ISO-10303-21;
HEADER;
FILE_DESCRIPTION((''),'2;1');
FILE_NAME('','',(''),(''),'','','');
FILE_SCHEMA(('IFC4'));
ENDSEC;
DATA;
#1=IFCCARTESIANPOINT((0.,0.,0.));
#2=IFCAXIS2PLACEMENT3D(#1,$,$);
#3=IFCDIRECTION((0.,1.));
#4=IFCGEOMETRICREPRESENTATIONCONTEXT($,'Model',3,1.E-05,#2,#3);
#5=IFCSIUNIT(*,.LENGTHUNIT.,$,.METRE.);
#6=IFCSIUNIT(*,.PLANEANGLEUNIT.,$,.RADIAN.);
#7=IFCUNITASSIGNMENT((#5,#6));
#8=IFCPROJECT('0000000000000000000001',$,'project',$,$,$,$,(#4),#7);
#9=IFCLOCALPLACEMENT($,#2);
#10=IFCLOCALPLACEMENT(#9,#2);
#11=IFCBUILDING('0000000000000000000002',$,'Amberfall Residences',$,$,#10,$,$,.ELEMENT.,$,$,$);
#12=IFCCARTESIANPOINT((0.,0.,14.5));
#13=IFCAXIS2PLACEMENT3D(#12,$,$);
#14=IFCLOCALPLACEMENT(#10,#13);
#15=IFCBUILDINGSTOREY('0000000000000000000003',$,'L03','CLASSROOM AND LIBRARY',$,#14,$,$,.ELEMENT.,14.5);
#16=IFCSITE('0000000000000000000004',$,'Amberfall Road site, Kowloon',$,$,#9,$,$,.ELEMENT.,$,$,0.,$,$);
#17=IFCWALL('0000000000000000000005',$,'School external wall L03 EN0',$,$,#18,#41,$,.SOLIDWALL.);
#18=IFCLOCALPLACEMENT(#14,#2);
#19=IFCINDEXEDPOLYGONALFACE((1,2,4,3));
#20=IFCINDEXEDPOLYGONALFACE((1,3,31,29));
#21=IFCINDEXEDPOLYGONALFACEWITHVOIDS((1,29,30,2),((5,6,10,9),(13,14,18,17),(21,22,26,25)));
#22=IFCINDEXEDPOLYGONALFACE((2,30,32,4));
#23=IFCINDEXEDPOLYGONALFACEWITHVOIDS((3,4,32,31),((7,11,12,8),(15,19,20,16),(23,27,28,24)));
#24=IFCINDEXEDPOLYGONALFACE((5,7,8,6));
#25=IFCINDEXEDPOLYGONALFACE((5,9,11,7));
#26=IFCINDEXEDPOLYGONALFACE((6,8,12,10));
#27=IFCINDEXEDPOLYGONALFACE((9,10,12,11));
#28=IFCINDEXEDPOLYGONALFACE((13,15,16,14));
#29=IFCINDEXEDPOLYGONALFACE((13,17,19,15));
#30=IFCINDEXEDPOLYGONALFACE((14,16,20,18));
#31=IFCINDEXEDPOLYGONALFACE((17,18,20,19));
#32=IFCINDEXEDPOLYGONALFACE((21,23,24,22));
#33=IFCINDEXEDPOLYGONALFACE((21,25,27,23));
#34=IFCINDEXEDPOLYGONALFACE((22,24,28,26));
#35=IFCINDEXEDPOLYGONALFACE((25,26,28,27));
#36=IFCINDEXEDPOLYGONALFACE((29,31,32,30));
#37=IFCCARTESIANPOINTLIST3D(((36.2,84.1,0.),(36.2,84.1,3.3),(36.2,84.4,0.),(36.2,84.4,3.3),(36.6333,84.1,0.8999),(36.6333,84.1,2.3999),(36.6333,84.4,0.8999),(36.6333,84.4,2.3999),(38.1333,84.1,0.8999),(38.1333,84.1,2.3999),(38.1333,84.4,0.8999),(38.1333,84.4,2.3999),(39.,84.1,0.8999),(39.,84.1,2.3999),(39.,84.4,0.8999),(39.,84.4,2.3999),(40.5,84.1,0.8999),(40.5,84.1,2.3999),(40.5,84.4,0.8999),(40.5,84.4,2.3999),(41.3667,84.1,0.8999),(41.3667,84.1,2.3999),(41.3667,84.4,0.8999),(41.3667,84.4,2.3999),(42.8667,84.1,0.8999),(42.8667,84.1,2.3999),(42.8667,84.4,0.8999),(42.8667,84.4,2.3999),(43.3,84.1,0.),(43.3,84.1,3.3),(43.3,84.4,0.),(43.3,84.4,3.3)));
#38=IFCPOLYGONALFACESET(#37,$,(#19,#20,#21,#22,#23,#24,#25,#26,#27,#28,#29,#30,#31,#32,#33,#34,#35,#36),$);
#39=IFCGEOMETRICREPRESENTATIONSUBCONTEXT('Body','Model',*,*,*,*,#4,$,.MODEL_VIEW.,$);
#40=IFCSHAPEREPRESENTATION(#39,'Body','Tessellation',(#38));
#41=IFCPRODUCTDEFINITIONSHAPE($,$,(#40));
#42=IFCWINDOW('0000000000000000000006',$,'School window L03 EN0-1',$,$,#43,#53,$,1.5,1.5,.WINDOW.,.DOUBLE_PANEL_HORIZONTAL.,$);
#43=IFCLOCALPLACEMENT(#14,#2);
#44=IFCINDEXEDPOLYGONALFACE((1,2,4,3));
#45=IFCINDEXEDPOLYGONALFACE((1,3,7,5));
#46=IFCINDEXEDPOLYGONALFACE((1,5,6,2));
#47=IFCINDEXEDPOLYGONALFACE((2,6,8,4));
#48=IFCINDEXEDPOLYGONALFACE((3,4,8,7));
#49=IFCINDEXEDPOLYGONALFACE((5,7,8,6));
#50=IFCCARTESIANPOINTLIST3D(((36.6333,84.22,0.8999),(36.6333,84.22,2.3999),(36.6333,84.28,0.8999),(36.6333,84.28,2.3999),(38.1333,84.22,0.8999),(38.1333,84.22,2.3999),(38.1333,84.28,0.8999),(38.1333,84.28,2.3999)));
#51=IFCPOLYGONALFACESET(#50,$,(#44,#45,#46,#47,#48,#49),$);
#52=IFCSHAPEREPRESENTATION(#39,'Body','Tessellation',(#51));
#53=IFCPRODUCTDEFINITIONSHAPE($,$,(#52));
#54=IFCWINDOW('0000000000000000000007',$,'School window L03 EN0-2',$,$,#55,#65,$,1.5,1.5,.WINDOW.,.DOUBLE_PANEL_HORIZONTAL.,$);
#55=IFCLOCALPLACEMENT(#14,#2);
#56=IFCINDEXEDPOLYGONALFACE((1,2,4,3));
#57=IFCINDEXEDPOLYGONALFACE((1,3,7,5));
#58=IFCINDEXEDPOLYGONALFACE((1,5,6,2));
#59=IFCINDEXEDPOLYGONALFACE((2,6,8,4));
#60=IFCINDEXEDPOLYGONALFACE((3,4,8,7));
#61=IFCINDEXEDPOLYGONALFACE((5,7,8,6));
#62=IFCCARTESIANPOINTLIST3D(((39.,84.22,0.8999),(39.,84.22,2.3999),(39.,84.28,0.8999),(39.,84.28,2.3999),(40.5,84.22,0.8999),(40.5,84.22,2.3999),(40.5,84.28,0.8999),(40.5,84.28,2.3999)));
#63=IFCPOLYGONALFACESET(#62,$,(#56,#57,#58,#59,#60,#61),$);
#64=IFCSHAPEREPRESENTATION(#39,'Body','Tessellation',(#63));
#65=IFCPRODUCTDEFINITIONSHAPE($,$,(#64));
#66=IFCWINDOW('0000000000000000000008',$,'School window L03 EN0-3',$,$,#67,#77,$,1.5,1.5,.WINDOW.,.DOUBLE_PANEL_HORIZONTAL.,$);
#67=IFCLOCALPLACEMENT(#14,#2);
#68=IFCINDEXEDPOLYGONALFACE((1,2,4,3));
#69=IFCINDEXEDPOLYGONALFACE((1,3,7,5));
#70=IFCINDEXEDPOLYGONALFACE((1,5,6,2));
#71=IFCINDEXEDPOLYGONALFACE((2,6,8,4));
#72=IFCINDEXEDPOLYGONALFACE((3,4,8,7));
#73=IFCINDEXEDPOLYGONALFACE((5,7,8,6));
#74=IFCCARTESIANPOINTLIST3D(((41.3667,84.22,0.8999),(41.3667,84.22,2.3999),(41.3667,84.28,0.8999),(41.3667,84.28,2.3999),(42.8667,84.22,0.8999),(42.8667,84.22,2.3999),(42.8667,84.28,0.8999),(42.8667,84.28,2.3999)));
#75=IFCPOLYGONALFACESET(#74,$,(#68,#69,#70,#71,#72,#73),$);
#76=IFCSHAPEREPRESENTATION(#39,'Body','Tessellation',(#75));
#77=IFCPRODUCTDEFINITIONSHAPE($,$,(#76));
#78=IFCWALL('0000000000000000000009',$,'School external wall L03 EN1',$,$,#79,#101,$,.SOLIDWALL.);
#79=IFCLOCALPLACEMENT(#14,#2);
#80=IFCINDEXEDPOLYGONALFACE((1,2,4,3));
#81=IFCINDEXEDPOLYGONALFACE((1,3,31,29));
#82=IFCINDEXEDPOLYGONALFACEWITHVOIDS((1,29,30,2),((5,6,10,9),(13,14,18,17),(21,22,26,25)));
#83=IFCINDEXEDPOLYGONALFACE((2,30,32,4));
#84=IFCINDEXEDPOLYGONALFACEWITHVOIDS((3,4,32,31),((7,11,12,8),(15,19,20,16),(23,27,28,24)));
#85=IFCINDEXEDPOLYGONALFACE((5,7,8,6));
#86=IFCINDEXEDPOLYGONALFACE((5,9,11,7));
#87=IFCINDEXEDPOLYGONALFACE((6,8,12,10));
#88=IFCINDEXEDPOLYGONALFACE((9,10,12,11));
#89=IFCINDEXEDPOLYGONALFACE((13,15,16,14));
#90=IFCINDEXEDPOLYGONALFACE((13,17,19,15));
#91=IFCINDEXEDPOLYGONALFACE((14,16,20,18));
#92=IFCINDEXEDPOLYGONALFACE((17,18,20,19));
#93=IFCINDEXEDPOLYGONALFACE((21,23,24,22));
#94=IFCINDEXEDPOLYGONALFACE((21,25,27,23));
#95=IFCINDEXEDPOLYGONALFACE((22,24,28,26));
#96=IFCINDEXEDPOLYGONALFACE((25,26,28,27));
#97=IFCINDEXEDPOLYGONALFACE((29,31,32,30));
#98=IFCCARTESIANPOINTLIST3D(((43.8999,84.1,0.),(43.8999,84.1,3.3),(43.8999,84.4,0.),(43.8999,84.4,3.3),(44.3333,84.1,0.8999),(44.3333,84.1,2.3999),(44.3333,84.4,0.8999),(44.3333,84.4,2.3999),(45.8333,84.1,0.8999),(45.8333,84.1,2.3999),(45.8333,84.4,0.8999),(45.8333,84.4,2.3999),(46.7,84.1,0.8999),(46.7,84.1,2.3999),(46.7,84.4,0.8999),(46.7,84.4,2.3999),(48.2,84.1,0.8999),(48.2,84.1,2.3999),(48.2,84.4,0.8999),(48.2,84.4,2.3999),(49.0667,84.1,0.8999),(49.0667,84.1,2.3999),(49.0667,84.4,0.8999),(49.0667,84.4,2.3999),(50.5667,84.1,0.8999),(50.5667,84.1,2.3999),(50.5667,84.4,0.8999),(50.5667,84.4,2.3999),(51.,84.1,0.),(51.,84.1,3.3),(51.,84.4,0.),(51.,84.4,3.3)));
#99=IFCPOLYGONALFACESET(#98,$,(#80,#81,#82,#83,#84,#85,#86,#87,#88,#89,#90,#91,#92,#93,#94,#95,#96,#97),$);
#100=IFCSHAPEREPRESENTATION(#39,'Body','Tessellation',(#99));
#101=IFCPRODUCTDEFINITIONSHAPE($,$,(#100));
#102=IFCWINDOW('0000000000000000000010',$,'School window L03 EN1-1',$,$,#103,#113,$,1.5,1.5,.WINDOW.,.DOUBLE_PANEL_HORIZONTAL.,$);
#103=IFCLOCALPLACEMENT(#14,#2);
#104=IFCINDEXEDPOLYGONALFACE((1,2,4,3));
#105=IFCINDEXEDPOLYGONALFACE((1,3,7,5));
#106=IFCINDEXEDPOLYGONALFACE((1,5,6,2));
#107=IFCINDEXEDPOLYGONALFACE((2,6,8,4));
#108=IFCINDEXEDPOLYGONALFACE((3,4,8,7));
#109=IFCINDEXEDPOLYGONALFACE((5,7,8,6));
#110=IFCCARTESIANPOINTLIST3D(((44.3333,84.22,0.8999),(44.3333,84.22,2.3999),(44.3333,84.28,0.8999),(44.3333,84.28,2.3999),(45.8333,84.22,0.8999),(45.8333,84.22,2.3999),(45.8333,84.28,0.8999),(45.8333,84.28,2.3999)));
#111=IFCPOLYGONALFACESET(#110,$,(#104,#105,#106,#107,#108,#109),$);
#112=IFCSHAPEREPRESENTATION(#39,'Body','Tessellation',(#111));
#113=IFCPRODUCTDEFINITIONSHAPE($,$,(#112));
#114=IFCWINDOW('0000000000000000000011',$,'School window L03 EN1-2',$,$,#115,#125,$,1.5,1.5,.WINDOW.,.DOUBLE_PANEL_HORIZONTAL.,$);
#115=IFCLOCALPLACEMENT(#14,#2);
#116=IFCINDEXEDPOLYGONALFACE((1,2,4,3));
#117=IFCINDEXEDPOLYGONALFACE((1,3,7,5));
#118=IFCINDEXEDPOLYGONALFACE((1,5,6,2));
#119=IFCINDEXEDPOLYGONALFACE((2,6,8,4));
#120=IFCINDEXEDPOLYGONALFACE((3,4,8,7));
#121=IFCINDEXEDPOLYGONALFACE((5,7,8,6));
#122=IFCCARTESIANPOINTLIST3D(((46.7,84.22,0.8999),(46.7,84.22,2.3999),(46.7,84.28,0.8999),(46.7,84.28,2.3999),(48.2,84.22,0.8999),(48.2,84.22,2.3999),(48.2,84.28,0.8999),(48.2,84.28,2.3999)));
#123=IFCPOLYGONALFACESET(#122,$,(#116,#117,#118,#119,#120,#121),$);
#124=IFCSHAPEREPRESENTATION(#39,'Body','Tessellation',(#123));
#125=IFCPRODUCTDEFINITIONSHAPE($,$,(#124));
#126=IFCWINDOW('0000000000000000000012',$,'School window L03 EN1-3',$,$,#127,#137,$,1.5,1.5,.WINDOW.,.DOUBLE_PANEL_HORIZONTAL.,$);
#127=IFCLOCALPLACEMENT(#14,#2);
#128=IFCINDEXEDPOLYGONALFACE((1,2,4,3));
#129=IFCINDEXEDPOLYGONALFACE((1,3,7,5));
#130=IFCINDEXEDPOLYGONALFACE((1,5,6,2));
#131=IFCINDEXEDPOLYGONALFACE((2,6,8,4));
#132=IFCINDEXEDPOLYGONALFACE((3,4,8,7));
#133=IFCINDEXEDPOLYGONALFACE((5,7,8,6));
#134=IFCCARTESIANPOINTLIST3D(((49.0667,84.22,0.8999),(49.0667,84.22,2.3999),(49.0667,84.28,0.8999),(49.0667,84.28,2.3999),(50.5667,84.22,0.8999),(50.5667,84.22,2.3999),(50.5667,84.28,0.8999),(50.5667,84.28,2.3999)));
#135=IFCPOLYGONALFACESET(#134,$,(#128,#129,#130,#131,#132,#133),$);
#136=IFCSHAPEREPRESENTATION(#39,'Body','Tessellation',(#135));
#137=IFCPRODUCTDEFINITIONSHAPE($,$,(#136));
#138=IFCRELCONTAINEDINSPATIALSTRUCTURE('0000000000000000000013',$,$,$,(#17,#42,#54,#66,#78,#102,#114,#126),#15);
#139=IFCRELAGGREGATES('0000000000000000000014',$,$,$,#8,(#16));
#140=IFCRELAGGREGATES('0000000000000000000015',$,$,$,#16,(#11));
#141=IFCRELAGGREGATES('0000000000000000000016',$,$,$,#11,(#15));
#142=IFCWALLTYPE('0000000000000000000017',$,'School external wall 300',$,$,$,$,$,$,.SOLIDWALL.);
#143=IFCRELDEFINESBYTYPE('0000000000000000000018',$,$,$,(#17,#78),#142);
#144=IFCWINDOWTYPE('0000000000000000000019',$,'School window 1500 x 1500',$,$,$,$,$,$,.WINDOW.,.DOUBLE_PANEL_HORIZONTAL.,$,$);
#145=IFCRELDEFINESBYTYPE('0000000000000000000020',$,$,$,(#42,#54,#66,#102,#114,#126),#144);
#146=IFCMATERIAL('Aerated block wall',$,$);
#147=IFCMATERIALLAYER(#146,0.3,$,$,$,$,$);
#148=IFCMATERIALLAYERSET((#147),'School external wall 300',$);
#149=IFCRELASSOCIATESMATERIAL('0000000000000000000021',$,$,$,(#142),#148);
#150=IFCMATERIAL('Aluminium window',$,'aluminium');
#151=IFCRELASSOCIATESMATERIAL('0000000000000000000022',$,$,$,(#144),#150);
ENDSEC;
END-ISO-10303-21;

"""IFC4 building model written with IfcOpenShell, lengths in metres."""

from ifc_helpers import new_model, si_unit, direction, frame, frame_2d, origin, place, context, subcontext, project, spatial, rectangle, extrude, material, layer, layer_set, type_object, element, fill, save


model = new_model("IFC4")

# Units and contexts
model_context = context("Model", 3, precision=1e-05, world=origin(), true_north=direction((0.0, 1.0)))
body_context = subcontext(model_context, "Body", "Model", "MODEL_VIEW")
ifc_project = project(units=[si_unit("LENGTHUNIT", "METRE"), si_unit("PLANEANGLEUNIT", "RADIAN")], contexts=[model_context])

# Site, building, storey
site_placement = place(None, origin())
site = spatial("IfcSite", under=ifc_project, at=site_placement, Name="Amberfall Road site, Kowloon", CompositionType="ELEMENT", RefElevation=0.0)
building_placement = place(site_placement, origin())
building = spatial("IfcBuilding", under=site, at=building_placement, Name="Amberfall Residences", CompositionType="ELEMENT")
storey_placement = place(building_placement, frame((0.0, 0.0, 14.5)))
storey = spatial("IfcBuildingStorey", under=building, at=storey_placement, Name="L03", Description="CLASSROOM AND LIBRARY", CompositionType="ELEMENT", Elevation=14.5)

# Walls, openings, windows
ifc_material_1 = material(Name="Aerated block wall")
ifc_layer_1 = layer(ifc_material_1, 0.3)
ifc_layer_set_1 = layer_set([ifc_layer_1], Name="School external wall 300")
wall_type_1 = type_object("IfcWallType", Name="School external wall 300", PredefinedType="SOLIDWALL", material=ifc_layer_set_1)
ifc_material_2 = material(Name="Aluminium window", Category="aluminium")
window_type = type_object("IfcWindowType", Name="School window 1500 x 1500", PartitioningType="DOUBLE_PANEL_HORIZONTAL", PredefinedType="WINDOW", material=ifc_material_2)
wall_1_placement = place(storey_placement, frame((36.2, 84.25, 0.0), z_axis=(0.0, 0.0, 1.0), x_axis=(1.0, 0.0, 0.0)))
wall_1 = element("IfcWall", 1, at=wall_1_placement, inside=storey, type_object=wall_type_1, Name="School external wall L03 EN0", PredefinedType="SOLIDWALL", context=body_context, shape_type="SweptSolid", body=[
    extrude(rectangle(XDim=7.1001, YDim=0.3, at=frame_2d((3.55, 0.0))), origin(), (0.0, 0.0, 1.0), 3.3),
])
opening_1_placement = place(wall_1_placement, frame((0.4333, 0.0, 0.8999)))
opening_1 = element("IfcOpeningElement", 2, at=opening_1_placement, cuts=wall_1, PredefinedType="OPENING", context=body_context, shape_type="SweptSolid", body=[
    extrude(rectangle(XDim=1.5, YDim=1.5, at=frame_2d((0.75, 0.75))), frame((0.0, 0.1599, 0.0), z_axis=(0.0, -1.0, 0.0), x_axis=(1.0, 0.0, 0.0)), (0.0, 0.0, 1.0), 0.3201),
])
opening_2_placement = place(wall_1_placement, frame((2.8, 0.0, 0.8999)))
opening_2 = element("IfcOpeningElement", 3, at=opening_2_placement, cuts=wall_1, PredefinedType="OPENING", context=body_context, shape_type="SweptSolid", body=[
    extrude(rectangle(XDim=1.5, YDim=1.5, at=frame_2d((0.75, 0.75))), frame((0.0, 0.1599, 0.0), z_axis=(0.0, -1.0, 0.0), x_axis=(1.0, 0.0, 0.0)), (0.0, 0.0, 1.0), 0.3201),
])
opening_3_placement = place(wall_1_placement, frame((5.1667, 0.0, 0.8999)))
opening_3 = element("IfcOpeningElement", 4, at=opening_3_placement, cuts=wall_1, PredefinedType="OPENING", context=body_context, shape_type="SweptSolid", body=[
    extrude(rectangle(XDim=1.5, YDim=1.5, at=frame_2d((0.75, 0.75))), frame((0.0, 0.1599, 0.0), z_axis=(0.0, -1.0, 0.0), x_axis=(1.0, 0.0, 0.0)), (0.0, 0.0, 1.0), 0.3201),
])
window_1_placement = place(opening_1_placement, origin())
window_1 = element("IfcWindow", 5, at=window_1_placement, inside=storey, type_object=window_type, Name="School window L03 EN0-1", OverallHeight=1.5, OverallWidth=1.5, PartitioningType="DOUBLE_PANEL_HORIZONTAL", PredefinedType="WINDOW", context=body_context, shape_type="SweptSolid", body=[
    extrude(rectangle(XDim=1.5, YDim=1.5, at=frame_2d((0.75, 0.75))), frame((0.0, 0.03, 0.0), z_axis=(0.0, -1.0, 0.0), x_axis=(1.0, 0.0, 0.0)), (0.0, 0.0, 1.0), 0.0601),
])
fill(opening_1, window_1)
window_2_placement = place(opening_2_placement, origin())
window_2 = element("IfcWindow", 6, at=window_2_placement, inside=storey, type_object=window_type, Name="School window L03 EN0-2", OverallHeight=1.5, OverallWidth=1.5, PartitioningType="DOUBLE_PANEL_HORIZONTAL", PredefinedType="WINDOW", context=body_context, shape_type="SweptSolid", body=[
    extrude(rectangle(XDim=1.5, YDim=1.5, at=frame_2d((0.75, 0.75))), frame((0.0, 0.03, 0.0), z_axis=(0.0, -1.0, 0.0), x_axis=(1.0, 0.0, 0.0)), (0.0, 0.0, 1.0), 0.0601),
])
fill(opening_2, window_2)
window_3_placement = place(opening_3_placement, origin())
window_3 = element("IfcWindow", 7, at=window_3_placement, inside=storey, type_object=window_type, Name="School window L03 EN0-3", OverallHeight=1.5, OverallWidth=1.5, PartitioningType="DOUBLE_PANEL_HORIZONTAL", PredefinedType="WINDOW", context=body_context, shape_type="SweptSolid", body=[
    extrude(rectangle(XDim=1.5, YDim=1.5, at=frame_2d((0.75, 0.75))), frame((0.0, 0.03, 0.0), z_axis=(0.0, -1.0, 0.0), x_axis=(1.0, 0.0, 0.0)), (0.0, 0.0, 1.0), 0.0601),
])
fill(opening_3, window_3)
wall_2_placement = place(storey_placement, frame((43.8999, 84.25, 0.0), z_axis=(0.0, 0.0, 1.0), x_axis=(1.0, 0.0, 0.0)))
wall_2 = element("IfcWall", 8, at=wall_2_placement, inside=storey, type_object=wall_type_1, Name="School external wall L03 EN1", PredefinedType="SOLIDWALL", context=body_context, shape_type="SweptSolid", body=[
    extrude(rectangle(XDim=7.1001, YDim=0.3, at=frame_2d((3.55, 0.0))), origin(), (0.0, 0.0, 1.0), 3.3),
])
opening_4_placement = place(wall_2_placement, frame((0.4333, 0.0, 0.8999)))
opening_4 = element("IfcOpeningElement", 9, at=opening_4_placement, cuts=wall_2, PredefinedType="OPENING", context=body_context, shape_type="SweptSolid", body=[
    extrude(rectangle(XDim=1.5, YDim=1.5, at=frame_2d((0.75, 0.75))), frame((0.0, 0.1599, 0.0), z_axis=(0.0, -1.0, 0.0), x_axis=(1.0, 0.0, 0.0)), (0.0, 0.0, 1.0), 0.3201),
])
opening_5_placement = place(wall_2_placement, frame((2.8, 0.0, 0.8999)))
opening_5 = element("IfcOpeningElement", 10, at=opening_5_placement, cuts=wall_2, PredefinedType="OPENING", context=body_context, shape_type="SweptSolid", body=[
    extrude(rectangle(XDim=1.5, YDim=1.5, at=frame_2d((0.75, 0.75))), frame((0.0, 0.1599, 0.0), z_axis=(0.0, -1.0, 0.0), x_axis=(1.0, 0.0, 0.0)), (0.0, 0.0, 1.0), 0.3201),
])
opening_6_placement = place(wall_2_placement, frame((5.1667, 0.0, 0.8999)))
opening_6 = element("IfcOpeningElement", 11, at=opening_6_placement, cuts=wall_2, PredefinedType="OPENING", context=body_context, shape_type="SweptSolid", body=[
    extrude(rectangle(XDim=1.5, YDim=1.5, at=frame_2d((0.75, 0.75))), frame((0.0, 0.1599, 0.0), z_axis=(0.0, -1.0, 0.0), x_axis=(1.0, 0.0, 0.0)), (0.0, 0.0, 1.0), 0.3201),
])
window_4_placement = place(opening_4_placement, origin())
window_4 = element("IfcWindow", 12, at=window_4_placement, inside=storey, type_object=window_type, Name="School window L03 EN1-1", OverallHeight=1.5, OverallWidth=1.5, PartitioningType="DOUBLE_PANEL_HORIZONTAL", PredefinedType="WINDOW", context=body_context, shape_type="SweptSolid", body=[
    extrude(rectangle(XDim=1.5, YDim=1.5, at=frame_2d((0.75, 0.75))), frame((0.0, 0.03, 0.0), z_axis=(0.0, -1.0, 0.0), x_axis=(1.0, 0.0, 0.0)), (0.0, 0.0, 1.0), 0.0601),
])
fill(opening_4, window_4)
window_5_placement = place(opening_5_placement, origin())
window_5 = element("IfcWindow", 13, at=window_5_placement, inside=storey, type_object=window_type, Name="School window L03 EN1-2", OverallHeight=1.5, OverallWidth=1.5, PartitioningType="DOUBLE_PANEL_HORIZONTAL", PredefinedType="WINDOW", context=body_context, shape_type="SweptSolid", body=[
    extrude(rectangle(XDim=1.5, YDim=1.5, at=frame_2d((0.75, 0.75))), frame((0.0, 0.03, 0.0), z_axis=(0.0, -1.0, 0.0), x_axis=(1.0, 0.0, 0.0)), (0.0, 0.0, 1.0), 0.0601),
])
fill(opening_5, window_5)
window_6_placement = place(opening_6_placement, origin())
window_6 = element("IfcWindow", 14, at=window_6_placement, inside=storey, type_object=window_type, Name="School window L03 EN1-3", OverallHeight=1.5, OverallWidth=1.5, PartitioningType="DOUBLE_PANEL_HORIZONTAL", PredefinedType="WINDOW", context=body_context, shape_type="SweptSolid", body=[
    extrude(rectangle(XDim=1.5, YDim=1.5, at=frame_2d((0.75, 0.75))), frame((0.0, 0.03, 0.0), z_axis=(0.0, -1.0, 0.0), x_axis=(1.0, 0.0, 0.0)), (0.0, 0.0, 1.0), 0.0601),
])
fill(opening_6, window_6)

save(model, "model.ifc")
